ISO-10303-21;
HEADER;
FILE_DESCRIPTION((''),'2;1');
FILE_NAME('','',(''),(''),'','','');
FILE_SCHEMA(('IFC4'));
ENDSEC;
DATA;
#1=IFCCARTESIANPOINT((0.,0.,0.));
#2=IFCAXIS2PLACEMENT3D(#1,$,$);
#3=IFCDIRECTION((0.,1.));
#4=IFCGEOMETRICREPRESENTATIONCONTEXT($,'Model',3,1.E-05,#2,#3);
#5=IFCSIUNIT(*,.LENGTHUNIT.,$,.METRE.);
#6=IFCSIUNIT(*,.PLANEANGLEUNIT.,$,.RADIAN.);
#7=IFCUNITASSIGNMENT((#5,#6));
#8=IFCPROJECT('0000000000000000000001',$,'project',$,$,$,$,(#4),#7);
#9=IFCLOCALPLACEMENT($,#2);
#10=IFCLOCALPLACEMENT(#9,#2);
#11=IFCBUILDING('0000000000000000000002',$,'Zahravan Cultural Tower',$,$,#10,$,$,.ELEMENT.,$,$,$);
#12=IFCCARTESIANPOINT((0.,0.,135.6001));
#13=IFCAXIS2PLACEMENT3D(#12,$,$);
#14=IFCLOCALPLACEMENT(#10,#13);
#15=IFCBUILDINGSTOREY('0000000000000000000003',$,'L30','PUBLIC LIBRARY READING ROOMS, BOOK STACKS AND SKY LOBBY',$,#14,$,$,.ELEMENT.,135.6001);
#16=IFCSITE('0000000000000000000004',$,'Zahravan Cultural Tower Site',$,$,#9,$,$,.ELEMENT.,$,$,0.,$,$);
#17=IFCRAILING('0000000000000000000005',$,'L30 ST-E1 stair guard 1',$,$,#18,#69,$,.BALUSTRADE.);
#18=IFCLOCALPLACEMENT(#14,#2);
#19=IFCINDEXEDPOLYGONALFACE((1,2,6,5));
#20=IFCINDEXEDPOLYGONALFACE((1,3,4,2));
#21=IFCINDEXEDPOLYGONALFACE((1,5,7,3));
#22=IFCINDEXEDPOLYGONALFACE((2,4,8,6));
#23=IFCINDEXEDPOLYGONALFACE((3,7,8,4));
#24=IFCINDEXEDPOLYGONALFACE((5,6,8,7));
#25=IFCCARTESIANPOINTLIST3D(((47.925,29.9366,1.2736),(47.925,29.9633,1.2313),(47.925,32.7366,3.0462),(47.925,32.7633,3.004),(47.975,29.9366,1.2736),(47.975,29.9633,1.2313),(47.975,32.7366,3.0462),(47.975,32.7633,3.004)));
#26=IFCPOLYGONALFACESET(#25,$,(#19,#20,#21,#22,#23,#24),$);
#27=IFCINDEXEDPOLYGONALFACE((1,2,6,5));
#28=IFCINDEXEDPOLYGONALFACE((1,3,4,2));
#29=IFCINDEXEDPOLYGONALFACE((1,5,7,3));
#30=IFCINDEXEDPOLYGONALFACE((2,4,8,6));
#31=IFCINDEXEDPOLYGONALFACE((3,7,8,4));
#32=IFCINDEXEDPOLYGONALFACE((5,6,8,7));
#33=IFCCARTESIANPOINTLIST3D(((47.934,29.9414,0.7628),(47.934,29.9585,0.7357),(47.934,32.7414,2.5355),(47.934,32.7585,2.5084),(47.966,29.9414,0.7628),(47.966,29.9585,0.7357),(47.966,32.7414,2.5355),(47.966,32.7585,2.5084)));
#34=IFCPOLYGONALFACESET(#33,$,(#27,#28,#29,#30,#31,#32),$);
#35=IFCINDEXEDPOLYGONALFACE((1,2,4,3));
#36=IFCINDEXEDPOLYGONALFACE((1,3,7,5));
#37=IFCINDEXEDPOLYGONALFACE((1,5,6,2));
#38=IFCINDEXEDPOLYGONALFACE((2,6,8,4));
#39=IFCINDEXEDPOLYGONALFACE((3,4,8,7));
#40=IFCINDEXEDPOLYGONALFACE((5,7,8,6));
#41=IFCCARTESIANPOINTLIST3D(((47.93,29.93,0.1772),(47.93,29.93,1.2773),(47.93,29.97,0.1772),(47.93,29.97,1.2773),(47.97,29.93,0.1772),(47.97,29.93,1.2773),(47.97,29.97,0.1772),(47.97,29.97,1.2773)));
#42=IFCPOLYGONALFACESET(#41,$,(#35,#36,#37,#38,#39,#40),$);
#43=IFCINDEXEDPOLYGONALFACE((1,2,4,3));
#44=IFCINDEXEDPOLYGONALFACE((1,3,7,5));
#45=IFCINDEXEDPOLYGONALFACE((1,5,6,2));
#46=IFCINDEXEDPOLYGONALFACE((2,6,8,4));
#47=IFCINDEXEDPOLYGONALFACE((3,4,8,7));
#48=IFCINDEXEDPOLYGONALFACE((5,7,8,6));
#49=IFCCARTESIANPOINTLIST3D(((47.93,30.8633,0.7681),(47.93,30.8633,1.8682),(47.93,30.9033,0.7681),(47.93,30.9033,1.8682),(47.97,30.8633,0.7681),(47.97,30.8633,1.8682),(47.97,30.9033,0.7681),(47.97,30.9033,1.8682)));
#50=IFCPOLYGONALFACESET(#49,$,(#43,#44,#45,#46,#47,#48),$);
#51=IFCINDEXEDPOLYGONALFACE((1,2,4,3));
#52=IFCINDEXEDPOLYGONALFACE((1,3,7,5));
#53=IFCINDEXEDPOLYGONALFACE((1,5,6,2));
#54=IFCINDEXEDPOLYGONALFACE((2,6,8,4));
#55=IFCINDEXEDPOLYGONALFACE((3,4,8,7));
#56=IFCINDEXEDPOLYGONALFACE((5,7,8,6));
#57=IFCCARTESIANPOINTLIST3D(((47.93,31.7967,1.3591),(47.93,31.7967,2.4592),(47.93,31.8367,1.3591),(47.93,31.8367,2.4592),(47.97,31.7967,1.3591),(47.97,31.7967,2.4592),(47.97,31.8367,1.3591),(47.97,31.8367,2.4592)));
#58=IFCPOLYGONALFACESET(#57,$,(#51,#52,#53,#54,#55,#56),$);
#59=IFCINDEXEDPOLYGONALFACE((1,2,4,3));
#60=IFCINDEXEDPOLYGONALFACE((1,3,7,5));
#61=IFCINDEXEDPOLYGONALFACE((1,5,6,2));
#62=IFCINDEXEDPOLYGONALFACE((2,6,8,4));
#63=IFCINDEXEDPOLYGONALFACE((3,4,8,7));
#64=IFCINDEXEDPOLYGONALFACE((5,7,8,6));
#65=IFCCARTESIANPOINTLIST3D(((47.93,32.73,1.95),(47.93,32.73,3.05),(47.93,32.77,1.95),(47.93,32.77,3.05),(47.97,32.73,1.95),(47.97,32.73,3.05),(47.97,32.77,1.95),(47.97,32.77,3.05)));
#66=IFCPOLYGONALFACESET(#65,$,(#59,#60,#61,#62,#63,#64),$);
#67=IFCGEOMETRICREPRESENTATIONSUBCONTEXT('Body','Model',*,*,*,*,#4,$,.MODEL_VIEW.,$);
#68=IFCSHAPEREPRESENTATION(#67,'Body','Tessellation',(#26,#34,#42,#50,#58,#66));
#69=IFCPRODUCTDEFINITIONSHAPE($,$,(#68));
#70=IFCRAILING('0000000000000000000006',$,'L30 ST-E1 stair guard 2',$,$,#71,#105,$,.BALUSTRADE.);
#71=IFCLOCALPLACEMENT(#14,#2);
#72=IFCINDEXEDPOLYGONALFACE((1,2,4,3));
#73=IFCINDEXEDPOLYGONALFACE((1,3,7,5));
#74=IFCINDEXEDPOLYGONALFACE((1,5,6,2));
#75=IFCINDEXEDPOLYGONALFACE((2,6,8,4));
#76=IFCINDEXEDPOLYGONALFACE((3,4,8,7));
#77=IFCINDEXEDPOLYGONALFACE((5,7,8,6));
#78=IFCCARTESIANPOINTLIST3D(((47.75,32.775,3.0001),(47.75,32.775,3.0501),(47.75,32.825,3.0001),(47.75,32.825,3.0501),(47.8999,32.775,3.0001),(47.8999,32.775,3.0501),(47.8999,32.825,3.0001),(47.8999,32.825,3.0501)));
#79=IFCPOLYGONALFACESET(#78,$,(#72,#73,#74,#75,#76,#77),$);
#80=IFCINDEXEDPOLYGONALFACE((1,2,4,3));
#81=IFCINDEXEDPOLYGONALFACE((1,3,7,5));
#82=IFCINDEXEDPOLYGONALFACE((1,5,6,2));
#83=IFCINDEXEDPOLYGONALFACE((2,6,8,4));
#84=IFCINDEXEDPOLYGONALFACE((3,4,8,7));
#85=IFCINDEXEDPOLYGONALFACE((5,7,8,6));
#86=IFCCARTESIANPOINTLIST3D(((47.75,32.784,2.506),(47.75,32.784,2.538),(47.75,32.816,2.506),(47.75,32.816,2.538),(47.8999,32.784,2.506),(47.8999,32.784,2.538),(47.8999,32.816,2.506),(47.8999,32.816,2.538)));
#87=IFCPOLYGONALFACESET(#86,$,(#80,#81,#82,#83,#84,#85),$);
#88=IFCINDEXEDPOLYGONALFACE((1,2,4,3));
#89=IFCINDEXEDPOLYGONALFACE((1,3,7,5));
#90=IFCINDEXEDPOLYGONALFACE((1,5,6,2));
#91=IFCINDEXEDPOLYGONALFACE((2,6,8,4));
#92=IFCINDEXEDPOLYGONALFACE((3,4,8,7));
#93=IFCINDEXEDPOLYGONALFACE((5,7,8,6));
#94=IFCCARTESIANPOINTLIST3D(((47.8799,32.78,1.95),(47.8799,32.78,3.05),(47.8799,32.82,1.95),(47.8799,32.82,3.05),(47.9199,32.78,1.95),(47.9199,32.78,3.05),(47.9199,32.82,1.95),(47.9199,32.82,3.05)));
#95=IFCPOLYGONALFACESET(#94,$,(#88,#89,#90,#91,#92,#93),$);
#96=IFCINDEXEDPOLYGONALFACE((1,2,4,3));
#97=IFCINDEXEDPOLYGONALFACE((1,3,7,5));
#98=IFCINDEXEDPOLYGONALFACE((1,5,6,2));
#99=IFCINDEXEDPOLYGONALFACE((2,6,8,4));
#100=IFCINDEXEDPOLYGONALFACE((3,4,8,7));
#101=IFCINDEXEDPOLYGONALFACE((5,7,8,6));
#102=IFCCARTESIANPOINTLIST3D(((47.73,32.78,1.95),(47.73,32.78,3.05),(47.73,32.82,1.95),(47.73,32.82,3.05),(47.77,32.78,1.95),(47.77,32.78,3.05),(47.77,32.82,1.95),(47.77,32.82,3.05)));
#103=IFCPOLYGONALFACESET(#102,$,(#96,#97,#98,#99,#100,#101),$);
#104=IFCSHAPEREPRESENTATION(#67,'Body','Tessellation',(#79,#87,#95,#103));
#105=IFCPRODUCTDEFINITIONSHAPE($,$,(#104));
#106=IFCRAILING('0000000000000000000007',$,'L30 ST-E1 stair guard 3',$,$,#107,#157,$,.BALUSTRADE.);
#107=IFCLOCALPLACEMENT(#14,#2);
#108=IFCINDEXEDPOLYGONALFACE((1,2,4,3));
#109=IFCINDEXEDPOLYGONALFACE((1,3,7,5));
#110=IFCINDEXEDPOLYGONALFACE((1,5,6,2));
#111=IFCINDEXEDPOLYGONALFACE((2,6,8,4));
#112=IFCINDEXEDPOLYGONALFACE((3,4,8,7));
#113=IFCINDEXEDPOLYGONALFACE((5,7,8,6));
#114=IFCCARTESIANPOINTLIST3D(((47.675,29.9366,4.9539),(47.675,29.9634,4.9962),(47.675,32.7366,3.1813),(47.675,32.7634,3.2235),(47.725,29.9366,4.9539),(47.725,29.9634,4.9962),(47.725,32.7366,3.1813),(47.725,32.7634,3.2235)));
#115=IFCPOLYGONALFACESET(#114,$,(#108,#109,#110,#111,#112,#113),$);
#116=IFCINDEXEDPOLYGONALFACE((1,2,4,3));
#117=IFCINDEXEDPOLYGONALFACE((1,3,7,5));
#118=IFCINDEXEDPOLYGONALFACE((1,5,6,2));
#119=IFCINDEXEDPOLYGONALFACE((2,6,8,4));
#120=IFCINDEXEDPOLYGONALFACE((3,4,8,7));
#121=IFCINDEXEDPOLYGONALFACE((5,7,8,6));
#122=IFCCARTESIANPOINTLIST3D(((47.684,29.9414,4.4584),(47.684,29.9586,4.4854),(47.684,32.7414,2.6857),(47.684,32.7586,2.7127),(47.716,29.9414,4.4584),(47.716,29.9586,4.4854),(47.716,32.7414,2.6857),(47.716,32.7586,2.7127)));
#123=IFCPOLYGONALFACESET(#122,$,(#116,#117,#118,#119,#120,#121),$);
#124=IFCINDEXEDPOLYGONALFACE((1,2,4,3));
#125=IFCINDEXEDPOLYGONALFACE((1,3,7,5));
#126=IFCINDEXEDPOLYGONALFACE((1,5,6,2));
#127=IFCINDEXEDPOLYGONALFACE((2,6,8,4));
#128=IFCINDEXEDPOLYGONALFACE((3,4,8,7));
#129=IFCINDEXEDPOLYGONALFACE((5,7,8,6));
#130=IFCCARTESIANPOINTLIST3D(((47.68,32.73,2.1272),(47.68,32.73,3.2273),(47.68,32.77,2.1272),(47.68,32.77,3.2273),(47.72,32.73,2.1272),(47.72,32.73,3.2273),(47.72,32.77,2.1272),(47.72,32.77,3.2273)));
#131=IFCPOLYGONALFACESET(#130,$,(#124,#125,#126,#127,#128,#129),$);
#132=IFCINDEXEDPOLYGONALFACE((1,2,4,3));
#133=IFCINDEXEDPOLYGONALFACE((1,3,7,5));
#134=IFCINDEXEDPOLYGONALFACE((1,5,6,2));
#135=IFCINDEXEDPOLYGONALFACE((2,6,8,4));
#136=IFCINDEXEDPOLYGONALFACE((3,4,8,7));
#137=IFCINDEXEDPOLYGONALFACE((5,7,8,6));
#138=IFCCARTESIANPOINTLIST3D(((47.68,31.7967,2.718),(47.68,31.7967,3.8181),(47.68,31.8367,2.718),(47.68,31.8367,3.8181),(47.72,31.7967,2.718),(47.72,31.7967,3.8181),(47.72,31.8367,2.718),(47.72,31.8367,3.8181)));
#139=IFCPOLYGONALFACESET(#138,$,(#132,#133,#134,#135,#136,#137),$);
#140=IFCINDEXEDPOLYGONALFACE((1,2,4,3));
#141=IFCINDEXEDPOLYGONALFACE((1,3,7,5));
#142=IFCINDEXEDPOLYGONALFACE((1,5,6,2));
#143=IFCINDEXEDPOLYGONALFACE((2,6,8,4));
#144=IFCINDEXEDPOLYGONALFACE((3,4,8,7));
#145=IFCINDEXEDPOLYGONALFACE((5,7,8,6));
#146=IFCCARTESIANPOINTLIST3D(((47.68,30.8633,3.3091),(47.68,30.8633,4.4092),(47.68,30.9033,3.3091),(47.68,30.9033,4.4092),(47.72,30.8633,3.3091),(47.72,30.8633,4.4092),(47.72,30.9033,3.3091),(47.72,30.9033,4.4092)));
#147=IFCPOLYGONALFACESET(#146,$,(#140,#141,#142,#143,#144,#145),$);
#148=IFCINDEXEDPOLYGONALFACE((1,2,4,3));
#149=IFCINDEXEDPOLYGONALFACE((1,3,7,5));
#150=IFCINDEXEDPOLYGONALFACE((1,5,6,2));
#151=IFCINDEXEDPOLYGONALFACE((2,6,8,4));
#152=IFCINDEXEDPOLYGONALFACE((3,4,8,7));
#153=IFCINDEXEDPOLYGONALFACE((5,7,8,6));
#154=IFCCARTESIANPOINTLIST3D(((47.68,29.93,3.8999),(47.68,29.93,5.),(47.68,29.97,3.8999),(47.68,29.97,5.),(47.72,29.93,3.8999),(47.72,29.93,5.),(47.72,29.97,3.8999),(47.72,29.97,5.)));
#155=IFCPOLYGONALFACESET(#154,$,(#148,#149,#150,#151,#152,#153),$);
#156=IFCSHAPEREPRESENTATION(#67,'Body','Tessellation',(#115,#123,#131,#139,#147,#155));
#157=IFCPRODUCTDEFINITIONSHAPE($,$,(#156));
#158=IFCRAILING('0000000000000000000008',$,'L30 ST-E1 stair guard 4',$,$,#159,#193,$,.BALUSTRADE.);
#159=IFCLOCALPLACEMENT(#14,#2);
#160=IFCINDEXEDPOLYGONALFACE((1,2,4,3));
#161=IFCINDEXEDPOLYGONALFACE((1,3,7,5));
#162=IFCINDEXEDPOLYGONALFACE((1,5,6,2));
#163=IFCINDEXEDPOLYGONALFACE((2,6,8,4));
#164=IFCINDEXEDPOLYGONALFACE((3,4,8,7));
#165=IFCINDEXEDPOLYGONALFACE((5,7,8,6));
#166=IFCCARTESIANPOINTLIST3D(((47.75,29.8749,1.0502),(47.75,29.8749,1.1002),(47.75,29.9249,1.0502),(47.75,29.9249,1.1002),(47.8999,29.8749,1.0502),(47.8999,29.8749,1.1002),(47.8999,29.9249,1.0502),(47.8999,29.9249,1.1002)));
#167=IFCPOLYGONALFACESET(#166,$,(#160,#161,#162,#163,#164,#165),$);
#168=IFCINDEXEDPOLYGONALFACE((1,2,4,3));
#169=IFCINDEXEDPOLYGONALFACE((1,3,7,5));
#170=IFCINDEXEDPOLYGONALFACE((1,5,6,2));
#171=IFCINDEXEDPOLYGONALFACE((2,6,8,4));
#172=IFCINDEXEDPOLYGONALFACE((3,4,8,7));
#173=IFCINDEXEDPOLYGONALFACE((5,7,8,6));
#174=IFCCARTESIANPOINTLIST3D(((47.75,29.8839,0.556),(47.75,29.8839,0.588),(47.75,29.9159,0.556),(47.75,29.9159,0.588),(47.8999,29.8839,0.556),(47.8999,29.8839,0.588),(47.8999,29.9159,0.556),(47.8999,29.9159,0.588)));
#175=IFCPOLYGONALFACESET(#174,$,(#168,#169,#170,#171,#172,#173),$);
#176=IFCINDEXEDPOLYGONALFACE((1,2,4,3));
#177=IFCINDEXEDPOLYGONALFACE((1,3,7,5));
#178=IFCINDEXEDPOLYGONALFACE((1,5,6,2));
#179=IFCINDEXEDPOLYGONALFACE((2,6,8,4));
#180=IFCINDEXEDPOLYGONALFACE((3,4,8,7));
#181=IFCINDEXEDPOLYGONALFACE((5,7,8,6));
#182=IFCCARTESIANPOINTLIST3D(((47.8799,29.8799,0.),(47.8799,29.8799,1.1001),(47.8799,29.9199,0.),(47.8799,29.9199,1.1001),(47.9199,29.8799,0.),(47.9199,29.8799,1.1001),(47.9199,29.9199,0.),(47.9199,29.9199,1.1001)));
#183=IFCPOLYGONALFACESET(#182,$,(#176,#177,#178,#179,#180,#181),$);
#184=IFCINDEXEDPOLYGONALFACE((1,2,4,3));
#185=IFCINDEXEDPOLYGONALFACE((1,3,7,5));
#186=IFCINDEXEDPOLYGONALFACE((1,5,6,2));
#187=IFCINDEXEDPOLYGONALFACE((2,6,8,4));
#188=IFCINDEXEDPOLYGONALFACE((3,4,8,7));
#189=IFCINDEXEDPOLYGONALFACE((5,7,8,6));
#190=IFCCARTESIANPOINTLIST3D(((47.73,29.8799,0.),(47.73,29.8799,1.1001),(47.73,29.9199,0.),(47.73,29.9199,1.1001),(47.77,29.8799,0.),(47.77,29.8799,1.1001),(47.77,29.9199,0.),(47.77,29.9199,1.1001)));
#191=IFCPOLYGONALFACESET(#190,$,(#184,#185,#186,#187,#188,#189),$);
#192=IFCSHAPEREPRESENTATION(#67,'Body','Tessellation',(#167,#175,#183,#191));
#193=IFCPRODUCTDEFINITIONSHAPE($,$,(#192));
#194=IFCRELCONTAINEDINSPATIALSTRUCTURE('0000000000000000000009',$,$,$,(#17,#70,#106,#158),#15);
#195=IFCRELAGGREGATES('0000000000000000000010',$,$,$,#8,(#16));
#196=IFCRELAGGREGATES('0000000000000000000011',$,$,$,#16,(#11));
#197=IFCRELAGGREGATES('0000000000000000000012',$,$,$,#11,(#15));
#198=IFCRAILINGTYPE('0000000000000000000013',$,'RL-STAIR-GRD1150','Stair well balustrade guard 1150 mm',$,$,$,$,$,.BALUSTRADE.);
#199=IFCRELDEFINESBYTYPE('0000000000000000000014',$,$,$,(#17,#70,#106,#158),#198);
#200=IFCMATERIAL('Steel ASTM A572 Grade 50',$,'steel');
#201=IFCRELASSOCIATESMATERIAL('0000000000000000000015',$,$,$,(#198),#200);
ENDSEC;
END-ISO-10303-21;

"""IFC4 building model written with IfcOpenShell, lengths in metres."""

from ifc_helpers import new_model, si_unit, direction, frame, origin, origin_2d, place, context, subcontext, project, spatial, rectangle, extrude, material, type_object, element, save


model = new_model("IFC4")

# Units and contexts
model_context = context("Model", 3, precision=1e-05, world=origin(), true_north=direction((0.0, 1.0)))
body_context = subcontext(model_context, "Body", "Model", "MODEL_VIEW")
ifc_project = project(units=[si_unit("LENGTHUNIT", "METRE"), si_unit("PLANEANGLEUNIT", "RADIAN")], contexts=[model_context])

# Site, building, storey
site_placement = place(None, origin())
site = spatial("IfcSite", under=ifc_project, at=site_placement, Name="Zahravan Cultural Tower Site", CompositionType="ELEMENT", RefElevation=0.0)
building_placement = place(site_placement, origin())
building = spatial("IfcBuilding", under=site, at=building_placement, Name="Zahravan Cultural Tower", CompositionType="ELEMENT")
storey_placement = place(building_placement, frame((0.0, 0.0, 135.6001)))
storey = spatial("IfcBuildingStorey", under=building, at=storey_placement, Name="L30", Description="PUBLIC LIBRARY READING ROOMS, BOOK STACKS AND SKY LOBBY", CompositionType="ELEMENT", Elevation=135.6001)

# Shared definitions
ifc_material_1 = material(Name="Steel ASTM A572 Grade 50", Category="steel")

# Railings
railing_type_1 = type_object("IfcRailingType", Name="RL-STAIR-GRD1150", Description="Stair well balustrade guard 1150 mm", PredefinedType="BALUSTRADE", material=ifc_material_1)
railing_1_placement = place(storey_placement, frame((47.95, 29.95, 0.1772)))
element("IfcRailing", 1, at=railing_1_placement, inside=storey, type_object=railing_type_1, Name="L30 ST-E1 stair guard 1", PredefinedType="BALUSTRADE", context=body_context, shape_type="SweptSolid", body=[
    extrude(rectangle(XDim=0.05, YDim=0.05, at=origin_2d()), frame((0.0, 0.0, 1.0752), z_axis=(0.0, 0.844909, 0.53491), x_axis=(-1.0, 0.0, 0.0)), (0.0, 0.0, 1.0), 3.314),
    extrude(rectangle(XDim=0.032, YDim=0.032, at=origin_2d()), frame((0.0, 0.0, 0.572), z_axis=(0.0, 0.844909, 0.53491), x_axis=(-1.0, 0.0, 0.0)), (0.0, 0.0, 1.0), 3.314),
    extrude(rectangle(XDim=0.04, YDim=0.04, at=origin_2d()), origin(), (0.0, 0.0, 1.0), 1.1001),
    extrude(rectangle(XDim=0.04, YDim=0.04, at=origin_2d()), frame((0.0, 0.9333, 0.5908)), (0.0, 0.0, 1.0), 1.1001),
    extrude(rectangle(XDim=0.04, YDim=0.04, at=origin_2d()), frame((0.0, 1.8667, 1.1819)), (0.0, 0.0, 1.0), 1.1001),
    extrude(rectangle(XDim=0.04, YDim=0.04, at=origin_2d()), frame((0.0, 2.8, 1.7727)), (0.0, 0.0, 1.0), 1.1001),
])
railing_2_placement = place(storey_placement, frame((47.8999, 32.8, 1.95)))
element("IfcRailing", 2, at=railing_2_placement, inside=storey, type_object=railing_type_1, Name="L30 ST-E1 stair guard 2", PredefinedType="BALUSTRADE", context=body_context, shape_type="SweptSolid", body=[
    extrude(rectangle(XDim=0.05, YDim=0.05, at=origin_2d()), frame((0.0, 0.0, 1.0752), z_axis=(-1.0, 0.0, 0.0), x_axis=(0.0, -1.0, 0.0)), (0.0, 0.0, 1.0), 0.1499),
    extrude(rectangle(XDim=0.032, YDim=0.032, at=origin_2d()), frame((0.0, 0.0, 0.572), z_axis=(-1.0, 0.0, 0.0), x_axis=(0.0, -1.0, 0.0)), (0.0, 0.0, 1.0), 0.1499),
    extrude(rectangle(XDim=0.04, YDim=0.04, at=origin_2d()), origin(), (0.0, 0.0, 1.0), 1.1001),
    extrude(rectangle(XDim=0.04, YDim=0.04, at=origin_2d()), frame((-0.1499, 0.0, 0.0)), (0.0, 0.0, 1.0), 1.1001),
])
railing_3_placement = place(storey_placement, frame((47.7, 32.75, 2.1272)))
element("IfcRailing", 3, at=railing_3_placement, inside=storey, type_object=railing_type_1, Name="L30 ST-E1 stair guard 3", PredefinedType="BALUSTRADE", context=body_context, shape_type="SweptSolid", body=[
    extrude(rectangle(XDim=0.05, YDim=0.05, at=origin_2d()), frame((0.0, 0.0, 1.0752), z_axis=(0.0, -0.844909, 0.53491), x_axis=(1.0, 0.0, 0.0)), (0.0, 0.0, 1.0), 3.314),
    extrude(rectangle(XDim=0.032, YDim=0.032, at=origin_2d()), frame((0.0, 0.0, 0.572), z_axis=(0.0, -0.844909, 0.53491), x_axis=(1.0, 0.0, 0.0)), (0.0, 0.0, 1.0), 3.314),
    extrude(rectangle(XDim=0.04, YDim=0.04, at=origin_2d()), origin(), (0.0, 0.0, 1.0), 1.1001),
    extrude(rectangle(XDim=0.04, YDim=0.04, at=origin_2d()), frame((0.0, -0.9333, 0.5908)), (0.0, 0.0, 1.0), 1.1001),
    extrude(rectangle(XDim=0.04, YDim=0.04, at=origin_2d()), frame((0.0, -1.8667, 1.1819)), (0.0, 0.0, 1.0), 1.1001),
    extrude(rectangle(XDim=0.04, YDim=0.04, at=origin_2d()), frame((0.0, -2.8, 1.7727)), (0.0, 0.0, 1.0), 1.1001),
])
railing_4_placement = place(storey_placement, frame((47.8999, 29.8999, 0.0)))
element("IfcRailing", 4, at=railing_4_placement, inside=storey, type_object=railing_type_1, Name="L30 ST-E1 stair guard 4", PredefinedType="BALUSTRADE", context=body_context, shape_type="SweptSolid", body=[
    extrude(rectangle(XDim=0.05, YDim=0.05, at=origin_2d()), frame((0.0, 0.0, 1.0752), z_axis=(-1.0, 0.0, 0.0), x_axis=(0.0, -1.0, 0.0)), (0.0, 0.0, 1.0), 0.1499),
    extrude(rectangle(XDim=0.032, YDim=0.032, at=origin_2d()), frame((0.0, 0.0, 0.572), z_axis=(-1.0, 0.0, 0.0), x_axis=(0.0, -1.0, 0.0)), (0.0, 0.0, 1.0), 0.1499),
    extrude(rectangle(XDim=0.04, YDim=0.04, at=origin_2d()), origin(), (0.0, 0.0, 1.0), 1.1001),
    extrude(rectangle(XDim=0.04, YDim=0.04, at=origin_2d()), frame((-0.1499, 0.0, 0.0)), (0.0, 0.0, 1.0), 1.1001),
])

save(model, "model.ifc")
